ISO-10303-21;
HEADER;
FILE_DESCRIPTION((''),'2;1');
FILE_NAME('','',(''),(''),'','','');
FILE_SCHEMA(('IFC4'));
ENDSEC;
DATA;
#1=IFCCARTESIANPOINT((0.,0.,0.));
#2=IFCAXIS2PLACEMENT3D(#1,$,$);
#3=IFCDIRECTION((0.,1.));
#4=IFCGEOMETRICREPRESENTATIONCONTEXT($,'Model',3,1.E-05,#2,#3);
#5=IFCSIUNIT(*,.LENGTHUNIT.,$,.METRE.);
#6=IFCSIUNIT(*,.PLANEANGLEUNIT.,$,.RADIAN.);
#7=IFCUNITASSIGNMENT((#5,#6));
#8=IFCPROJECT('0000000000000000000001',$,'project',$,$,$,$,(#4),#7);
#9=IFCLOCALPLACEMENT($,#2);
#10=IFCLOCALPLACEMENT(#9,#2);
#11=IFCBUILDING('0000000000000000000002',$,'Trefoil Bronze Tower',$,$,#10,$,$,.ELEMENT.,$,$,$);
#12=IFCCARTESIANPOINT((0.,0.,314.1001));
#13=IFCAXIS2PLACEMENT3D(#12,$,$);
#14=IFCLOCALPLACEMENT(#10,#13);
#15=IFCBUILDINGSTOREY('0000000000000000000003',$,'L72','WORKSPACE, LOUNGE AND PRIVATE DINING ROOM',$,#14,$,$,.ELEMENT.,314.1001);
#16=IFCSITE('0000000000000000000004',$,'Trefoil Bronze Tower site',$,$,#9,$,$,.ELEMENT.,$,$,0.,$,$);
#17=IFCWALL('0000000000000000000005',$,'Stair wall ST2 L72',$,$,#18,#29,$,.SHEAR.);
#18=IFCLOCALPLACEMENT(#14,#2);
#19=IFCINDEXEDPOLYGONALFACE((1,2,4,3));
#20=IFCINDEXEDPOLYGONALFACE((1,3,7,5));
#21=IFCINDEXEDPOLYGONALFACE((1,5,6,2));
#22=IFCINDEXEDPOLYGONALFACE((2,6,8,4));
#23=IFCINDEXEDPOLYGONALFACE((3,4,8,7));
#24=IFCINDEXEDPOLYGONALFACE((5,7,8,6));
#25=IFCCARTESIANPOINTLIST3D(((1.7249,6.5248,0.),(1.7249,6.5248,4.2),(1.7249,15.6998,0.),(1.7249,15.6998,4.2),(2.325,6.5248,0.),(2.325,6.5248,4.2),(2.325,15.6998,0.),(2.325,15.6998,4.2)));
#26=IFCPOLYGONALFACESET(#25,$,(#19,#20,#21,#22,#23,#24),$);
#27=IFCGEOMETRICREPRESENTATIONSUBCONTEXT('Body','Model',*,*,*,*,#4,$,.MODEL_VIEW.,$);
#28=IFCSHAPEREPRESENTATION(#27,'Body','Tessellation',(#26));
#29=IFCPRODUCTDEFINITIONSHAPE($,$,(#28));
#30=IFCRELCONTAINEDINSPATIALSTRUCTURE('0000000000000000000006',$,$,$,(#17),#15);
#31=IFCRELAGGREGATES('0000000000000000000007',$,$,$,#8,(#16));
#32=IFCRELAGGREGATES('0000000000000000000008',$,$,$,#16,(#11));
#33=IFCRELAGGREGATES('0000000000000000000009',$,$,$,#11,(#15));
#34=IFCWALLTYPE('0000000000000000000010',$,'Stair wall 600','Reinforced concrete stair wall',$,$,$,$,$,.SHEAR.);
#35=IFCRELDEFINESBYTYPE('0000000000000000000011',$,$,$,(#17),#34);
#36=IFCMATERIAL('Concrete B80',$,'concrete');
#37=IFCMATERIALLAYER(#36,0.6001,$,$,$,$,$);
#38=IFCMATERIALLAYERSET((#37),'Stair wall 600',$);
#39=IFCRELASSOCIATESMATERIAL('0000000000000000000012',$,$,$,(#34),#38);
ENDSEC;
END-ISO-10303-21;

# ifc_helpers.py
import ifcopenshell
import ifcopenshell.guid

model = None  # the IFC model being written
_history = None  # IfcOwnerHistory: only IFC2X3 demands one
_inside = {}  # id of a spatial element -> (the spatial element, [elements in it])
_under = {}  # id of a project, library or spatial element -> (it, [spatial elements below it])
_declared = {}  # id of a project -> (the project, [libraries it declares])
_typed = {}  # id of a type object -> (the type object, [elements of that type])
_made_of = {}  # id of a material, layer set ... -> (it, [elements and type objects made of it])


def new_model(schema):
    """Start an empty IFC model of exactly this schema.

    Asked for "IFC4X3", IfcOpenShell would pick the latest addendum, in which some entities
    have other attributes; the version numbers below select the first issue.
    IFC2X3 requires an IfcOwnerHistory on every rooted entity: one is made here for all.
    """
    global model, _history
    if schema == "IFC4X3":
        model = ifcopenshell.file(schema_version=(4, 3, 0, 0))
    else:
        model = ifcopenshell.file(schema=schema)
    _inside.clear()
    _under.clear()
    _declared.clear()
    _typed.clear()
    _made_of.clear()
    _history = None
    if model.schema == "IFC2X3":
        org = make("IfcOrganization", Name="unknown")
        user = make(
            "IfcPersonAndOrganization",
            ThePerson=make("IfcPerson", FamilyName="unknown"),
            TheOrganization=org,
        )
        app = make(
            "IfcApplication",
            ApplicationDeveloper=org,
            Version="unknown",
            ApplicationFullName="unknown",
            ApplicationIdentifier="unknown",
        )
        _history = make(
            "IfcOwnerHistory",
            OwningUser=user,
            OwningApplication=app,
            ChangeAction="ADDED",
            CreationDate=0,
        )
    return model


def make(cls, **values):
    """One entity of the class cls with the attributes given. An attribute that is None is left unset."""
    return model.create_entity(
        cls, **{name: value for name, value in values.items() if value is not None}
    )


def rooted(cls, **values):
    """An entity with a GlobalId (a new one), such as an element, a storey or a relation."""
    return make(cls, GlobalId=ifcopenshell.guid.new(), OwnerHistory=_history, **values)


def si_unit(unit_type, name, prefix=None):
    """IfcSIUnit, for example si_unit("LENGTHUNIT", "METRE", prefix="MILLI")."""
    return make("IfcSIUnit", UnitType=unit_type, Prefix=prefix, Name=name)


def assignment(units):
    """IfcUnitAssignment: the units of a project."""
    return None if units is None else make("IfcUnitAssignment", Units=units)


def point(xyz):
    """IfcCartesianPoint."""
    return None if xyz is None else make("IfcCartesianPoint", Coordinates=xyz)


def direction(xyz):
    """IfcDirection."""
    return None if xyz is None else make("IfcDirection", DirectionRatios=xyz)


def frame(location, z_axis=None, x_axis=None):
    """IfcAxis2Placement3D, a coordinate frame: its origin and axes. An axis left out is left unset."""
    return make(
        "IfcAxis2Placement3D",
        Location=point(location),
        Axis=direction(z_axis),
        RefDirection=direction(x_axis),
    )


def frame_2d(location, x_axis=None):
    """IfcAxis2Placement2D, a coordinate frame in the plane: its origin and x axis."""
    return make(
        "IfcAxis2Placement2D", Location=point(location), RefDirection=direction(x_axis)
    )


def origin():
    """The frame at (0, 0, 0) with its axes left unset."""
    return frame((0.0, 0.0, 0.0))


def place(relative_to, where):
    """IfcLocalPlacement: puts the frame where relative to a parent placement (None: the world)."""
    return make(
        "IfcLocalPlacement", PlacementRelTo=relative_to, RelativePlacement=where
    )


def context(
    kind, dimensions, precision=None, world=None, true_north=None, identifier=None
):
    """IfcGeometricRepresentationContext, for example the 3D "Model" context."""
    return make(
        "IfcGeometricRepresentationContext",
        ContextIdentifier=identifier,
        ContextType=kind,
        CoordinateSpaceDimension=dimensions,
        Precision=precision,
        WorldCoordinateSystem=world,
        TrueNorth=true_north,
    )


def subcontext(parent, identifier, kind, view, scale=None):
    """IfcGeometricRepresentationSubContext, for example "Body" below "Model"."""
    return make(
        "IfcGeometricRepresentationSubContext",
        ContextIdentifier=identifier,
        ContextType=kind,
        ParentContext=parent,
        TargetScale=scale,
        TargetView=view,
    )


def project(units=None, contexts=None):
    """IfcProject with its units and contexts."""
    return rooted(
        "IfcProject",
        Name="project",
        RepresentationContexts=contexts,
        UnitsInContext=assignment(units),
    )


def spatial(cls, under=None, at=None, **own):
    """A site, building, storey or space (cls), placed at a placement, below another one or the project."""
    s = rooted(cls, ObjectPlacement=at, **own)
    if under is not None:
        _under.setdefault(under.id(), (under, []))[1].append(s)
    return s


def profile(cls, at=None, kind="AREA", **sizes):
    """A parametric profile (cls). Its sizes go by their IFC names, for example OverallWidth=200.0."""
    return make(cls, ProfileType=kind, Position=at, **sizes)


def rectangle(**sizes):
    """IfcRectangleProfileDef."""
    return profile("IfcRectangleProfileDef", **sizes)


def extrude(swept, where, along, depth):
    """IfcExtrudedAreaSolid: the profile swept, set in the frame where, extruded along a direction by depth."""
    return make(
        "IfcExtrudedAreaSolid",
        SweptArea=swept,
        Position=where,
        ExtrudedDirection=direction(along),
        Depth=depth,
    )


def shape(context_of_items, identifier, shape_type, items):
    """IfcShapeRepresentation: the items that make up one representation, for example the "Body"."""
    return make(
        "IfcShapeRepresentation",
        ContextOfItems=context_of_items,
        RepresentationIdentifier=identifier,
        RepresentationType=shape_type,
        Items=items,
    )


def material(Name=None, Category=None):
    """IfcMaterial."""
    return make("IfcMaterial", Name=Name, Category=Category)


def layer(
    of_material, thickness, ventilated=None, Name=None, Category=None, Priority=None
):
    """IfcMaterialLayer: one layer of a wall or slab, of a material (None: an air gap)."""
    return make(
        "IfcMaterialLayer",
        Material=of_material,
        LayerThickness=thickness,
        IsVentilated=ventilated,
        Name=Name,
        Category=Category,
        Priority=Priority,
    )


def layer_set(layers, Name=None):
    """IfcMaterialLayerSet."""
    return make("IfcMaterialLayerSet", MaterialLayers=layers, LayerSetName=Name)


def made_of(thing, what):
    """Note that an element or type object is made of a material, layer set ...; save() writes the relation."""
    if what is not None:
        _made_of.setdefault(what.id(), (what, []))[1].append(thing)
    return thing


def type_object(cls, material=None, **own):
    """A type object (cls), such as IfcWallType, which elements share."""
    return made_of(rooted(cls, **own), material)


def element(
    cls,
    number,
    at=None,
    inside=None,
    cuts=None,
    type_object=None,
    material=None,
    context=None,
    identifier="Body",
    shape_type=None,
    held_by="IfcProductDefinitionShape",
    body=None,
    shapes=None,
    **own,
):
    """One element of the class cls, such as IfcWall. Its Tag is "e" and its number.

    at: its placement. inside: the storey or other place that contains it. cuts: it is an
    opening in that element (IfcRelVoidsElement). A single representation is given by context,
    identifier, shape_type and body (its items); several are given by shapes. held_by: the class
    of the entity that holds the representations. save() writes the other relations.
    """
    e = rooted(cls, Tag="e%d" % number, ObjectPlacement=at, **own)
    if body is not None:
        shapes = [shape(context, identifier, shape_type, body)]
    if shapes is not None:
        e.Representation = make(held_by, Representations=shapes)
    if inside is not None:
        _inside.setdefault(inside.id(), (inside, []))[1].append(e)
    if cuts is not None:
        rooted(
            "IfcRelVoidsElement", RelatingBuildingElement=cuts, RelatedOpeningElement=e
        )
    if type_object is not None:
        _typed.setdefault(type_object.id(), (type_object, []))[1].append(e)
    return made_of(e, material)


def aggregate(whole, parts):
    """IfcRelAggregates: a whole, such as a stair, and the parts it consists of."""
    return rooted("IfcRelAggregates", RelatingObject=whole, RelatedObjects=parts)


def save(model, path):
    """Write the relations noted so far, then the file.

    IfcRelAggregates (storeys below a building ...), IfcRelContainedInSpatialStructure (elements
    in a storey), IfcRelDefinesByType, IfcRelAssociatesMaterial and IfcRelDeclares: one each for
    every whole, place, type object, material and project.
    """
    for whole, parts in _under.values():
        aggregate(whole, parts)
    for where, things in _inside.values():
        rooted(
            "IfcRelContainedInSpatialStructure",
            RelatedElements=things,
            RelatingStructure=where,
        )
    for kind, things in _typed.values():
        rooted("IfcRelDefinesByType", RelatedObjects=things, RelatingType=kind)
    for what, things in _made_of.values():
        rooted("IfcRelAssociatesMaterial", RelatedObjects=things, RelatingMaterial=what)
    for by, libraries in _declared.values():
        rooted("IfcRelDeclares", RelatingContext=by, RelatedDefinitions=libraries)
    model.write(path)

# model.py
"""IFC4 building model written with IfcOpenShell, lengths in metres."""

from ifc_helpers import new_model, si_unit, direction, frame, frame_2d, origin, place, context, subcontext, project, spatial, rectangle, extrude, material, layer, layer_set, type_object, element, save


model = new_model("IFC4")

# Units and contexts
model_context = context("Model", 3, precision=1e-05, world=origin(), true_north=direction((0.0, 1.0)))
body_context = subcontext(model_context, "Body", "Model", "MODEL_VIEW")
ifc_project = project(units=[si_unit("LENGTHUNIT", "METRE"), si_unit("PLANEANGLEUNIT", "RADIAN")], contexts=[model_context])

# Site, building, storey
site_placement = place(None, origin())
site = spatial("IfcSite", under=ifc_project, at=site_placement, Name="Trefoil Bronze Tower site", CompositionType="ELEMENT", RefElevation=0.0)
building_placement = place(site_placement, origin())
building = spatial("IfcBuilding", under=site, at=building_placement, Name="Trefoil Bronze Tower", CompositionType="ELEMENT")
storey_placement = place(building_placement, frame((0.0, 0.0, 314.1001)))
storey = spatial("IfcBuildingStorey", under=building, at=storey_placement, Name="L72", Description="WORKSPACE, LOUNGE AND PRIVATE DINING ROOM", CompositionType="ELEMENT", Elevation=314.1001)

# Wall
ifc_material_1 = material(Name="Concrete B80", Category="concrete")
ifc_layer_1 = layer(ifc_material_1, 0.6001)
ifc_layer_set_1 = layer_set([ifc_layer_1], Name="Stair wall 600")
wall_type_1 = type_object("IfcWallType", Name="Stair wall 600", Description="Reinforced concrete stair wall", PredefinedType="SHEAR", material=ifc_layer_set_1)
wall_1_placement = place(storey_placement, frame((2.0249, 6.5249, 0.0), z_axis=(0.0, 0.0, 1.0), x_axis=(0.0, 1.0, 0.0)))
element("IfcWall", 1, at=wall_1_placement, inside=storey, type_object=wall_type_1, Name="Stair wall ST2 L72", PredefinedType="SHEAR", context=body_context, shape_type="SweptSolid", body=[
    extrude(rectangle(XDim=9.175, YDim=0.6001, at=frame_2d((4.5874, 0.0))), origin(), (0.0, 0.0, 1.0), 4.2),
])

save(model, "model.ifc")
